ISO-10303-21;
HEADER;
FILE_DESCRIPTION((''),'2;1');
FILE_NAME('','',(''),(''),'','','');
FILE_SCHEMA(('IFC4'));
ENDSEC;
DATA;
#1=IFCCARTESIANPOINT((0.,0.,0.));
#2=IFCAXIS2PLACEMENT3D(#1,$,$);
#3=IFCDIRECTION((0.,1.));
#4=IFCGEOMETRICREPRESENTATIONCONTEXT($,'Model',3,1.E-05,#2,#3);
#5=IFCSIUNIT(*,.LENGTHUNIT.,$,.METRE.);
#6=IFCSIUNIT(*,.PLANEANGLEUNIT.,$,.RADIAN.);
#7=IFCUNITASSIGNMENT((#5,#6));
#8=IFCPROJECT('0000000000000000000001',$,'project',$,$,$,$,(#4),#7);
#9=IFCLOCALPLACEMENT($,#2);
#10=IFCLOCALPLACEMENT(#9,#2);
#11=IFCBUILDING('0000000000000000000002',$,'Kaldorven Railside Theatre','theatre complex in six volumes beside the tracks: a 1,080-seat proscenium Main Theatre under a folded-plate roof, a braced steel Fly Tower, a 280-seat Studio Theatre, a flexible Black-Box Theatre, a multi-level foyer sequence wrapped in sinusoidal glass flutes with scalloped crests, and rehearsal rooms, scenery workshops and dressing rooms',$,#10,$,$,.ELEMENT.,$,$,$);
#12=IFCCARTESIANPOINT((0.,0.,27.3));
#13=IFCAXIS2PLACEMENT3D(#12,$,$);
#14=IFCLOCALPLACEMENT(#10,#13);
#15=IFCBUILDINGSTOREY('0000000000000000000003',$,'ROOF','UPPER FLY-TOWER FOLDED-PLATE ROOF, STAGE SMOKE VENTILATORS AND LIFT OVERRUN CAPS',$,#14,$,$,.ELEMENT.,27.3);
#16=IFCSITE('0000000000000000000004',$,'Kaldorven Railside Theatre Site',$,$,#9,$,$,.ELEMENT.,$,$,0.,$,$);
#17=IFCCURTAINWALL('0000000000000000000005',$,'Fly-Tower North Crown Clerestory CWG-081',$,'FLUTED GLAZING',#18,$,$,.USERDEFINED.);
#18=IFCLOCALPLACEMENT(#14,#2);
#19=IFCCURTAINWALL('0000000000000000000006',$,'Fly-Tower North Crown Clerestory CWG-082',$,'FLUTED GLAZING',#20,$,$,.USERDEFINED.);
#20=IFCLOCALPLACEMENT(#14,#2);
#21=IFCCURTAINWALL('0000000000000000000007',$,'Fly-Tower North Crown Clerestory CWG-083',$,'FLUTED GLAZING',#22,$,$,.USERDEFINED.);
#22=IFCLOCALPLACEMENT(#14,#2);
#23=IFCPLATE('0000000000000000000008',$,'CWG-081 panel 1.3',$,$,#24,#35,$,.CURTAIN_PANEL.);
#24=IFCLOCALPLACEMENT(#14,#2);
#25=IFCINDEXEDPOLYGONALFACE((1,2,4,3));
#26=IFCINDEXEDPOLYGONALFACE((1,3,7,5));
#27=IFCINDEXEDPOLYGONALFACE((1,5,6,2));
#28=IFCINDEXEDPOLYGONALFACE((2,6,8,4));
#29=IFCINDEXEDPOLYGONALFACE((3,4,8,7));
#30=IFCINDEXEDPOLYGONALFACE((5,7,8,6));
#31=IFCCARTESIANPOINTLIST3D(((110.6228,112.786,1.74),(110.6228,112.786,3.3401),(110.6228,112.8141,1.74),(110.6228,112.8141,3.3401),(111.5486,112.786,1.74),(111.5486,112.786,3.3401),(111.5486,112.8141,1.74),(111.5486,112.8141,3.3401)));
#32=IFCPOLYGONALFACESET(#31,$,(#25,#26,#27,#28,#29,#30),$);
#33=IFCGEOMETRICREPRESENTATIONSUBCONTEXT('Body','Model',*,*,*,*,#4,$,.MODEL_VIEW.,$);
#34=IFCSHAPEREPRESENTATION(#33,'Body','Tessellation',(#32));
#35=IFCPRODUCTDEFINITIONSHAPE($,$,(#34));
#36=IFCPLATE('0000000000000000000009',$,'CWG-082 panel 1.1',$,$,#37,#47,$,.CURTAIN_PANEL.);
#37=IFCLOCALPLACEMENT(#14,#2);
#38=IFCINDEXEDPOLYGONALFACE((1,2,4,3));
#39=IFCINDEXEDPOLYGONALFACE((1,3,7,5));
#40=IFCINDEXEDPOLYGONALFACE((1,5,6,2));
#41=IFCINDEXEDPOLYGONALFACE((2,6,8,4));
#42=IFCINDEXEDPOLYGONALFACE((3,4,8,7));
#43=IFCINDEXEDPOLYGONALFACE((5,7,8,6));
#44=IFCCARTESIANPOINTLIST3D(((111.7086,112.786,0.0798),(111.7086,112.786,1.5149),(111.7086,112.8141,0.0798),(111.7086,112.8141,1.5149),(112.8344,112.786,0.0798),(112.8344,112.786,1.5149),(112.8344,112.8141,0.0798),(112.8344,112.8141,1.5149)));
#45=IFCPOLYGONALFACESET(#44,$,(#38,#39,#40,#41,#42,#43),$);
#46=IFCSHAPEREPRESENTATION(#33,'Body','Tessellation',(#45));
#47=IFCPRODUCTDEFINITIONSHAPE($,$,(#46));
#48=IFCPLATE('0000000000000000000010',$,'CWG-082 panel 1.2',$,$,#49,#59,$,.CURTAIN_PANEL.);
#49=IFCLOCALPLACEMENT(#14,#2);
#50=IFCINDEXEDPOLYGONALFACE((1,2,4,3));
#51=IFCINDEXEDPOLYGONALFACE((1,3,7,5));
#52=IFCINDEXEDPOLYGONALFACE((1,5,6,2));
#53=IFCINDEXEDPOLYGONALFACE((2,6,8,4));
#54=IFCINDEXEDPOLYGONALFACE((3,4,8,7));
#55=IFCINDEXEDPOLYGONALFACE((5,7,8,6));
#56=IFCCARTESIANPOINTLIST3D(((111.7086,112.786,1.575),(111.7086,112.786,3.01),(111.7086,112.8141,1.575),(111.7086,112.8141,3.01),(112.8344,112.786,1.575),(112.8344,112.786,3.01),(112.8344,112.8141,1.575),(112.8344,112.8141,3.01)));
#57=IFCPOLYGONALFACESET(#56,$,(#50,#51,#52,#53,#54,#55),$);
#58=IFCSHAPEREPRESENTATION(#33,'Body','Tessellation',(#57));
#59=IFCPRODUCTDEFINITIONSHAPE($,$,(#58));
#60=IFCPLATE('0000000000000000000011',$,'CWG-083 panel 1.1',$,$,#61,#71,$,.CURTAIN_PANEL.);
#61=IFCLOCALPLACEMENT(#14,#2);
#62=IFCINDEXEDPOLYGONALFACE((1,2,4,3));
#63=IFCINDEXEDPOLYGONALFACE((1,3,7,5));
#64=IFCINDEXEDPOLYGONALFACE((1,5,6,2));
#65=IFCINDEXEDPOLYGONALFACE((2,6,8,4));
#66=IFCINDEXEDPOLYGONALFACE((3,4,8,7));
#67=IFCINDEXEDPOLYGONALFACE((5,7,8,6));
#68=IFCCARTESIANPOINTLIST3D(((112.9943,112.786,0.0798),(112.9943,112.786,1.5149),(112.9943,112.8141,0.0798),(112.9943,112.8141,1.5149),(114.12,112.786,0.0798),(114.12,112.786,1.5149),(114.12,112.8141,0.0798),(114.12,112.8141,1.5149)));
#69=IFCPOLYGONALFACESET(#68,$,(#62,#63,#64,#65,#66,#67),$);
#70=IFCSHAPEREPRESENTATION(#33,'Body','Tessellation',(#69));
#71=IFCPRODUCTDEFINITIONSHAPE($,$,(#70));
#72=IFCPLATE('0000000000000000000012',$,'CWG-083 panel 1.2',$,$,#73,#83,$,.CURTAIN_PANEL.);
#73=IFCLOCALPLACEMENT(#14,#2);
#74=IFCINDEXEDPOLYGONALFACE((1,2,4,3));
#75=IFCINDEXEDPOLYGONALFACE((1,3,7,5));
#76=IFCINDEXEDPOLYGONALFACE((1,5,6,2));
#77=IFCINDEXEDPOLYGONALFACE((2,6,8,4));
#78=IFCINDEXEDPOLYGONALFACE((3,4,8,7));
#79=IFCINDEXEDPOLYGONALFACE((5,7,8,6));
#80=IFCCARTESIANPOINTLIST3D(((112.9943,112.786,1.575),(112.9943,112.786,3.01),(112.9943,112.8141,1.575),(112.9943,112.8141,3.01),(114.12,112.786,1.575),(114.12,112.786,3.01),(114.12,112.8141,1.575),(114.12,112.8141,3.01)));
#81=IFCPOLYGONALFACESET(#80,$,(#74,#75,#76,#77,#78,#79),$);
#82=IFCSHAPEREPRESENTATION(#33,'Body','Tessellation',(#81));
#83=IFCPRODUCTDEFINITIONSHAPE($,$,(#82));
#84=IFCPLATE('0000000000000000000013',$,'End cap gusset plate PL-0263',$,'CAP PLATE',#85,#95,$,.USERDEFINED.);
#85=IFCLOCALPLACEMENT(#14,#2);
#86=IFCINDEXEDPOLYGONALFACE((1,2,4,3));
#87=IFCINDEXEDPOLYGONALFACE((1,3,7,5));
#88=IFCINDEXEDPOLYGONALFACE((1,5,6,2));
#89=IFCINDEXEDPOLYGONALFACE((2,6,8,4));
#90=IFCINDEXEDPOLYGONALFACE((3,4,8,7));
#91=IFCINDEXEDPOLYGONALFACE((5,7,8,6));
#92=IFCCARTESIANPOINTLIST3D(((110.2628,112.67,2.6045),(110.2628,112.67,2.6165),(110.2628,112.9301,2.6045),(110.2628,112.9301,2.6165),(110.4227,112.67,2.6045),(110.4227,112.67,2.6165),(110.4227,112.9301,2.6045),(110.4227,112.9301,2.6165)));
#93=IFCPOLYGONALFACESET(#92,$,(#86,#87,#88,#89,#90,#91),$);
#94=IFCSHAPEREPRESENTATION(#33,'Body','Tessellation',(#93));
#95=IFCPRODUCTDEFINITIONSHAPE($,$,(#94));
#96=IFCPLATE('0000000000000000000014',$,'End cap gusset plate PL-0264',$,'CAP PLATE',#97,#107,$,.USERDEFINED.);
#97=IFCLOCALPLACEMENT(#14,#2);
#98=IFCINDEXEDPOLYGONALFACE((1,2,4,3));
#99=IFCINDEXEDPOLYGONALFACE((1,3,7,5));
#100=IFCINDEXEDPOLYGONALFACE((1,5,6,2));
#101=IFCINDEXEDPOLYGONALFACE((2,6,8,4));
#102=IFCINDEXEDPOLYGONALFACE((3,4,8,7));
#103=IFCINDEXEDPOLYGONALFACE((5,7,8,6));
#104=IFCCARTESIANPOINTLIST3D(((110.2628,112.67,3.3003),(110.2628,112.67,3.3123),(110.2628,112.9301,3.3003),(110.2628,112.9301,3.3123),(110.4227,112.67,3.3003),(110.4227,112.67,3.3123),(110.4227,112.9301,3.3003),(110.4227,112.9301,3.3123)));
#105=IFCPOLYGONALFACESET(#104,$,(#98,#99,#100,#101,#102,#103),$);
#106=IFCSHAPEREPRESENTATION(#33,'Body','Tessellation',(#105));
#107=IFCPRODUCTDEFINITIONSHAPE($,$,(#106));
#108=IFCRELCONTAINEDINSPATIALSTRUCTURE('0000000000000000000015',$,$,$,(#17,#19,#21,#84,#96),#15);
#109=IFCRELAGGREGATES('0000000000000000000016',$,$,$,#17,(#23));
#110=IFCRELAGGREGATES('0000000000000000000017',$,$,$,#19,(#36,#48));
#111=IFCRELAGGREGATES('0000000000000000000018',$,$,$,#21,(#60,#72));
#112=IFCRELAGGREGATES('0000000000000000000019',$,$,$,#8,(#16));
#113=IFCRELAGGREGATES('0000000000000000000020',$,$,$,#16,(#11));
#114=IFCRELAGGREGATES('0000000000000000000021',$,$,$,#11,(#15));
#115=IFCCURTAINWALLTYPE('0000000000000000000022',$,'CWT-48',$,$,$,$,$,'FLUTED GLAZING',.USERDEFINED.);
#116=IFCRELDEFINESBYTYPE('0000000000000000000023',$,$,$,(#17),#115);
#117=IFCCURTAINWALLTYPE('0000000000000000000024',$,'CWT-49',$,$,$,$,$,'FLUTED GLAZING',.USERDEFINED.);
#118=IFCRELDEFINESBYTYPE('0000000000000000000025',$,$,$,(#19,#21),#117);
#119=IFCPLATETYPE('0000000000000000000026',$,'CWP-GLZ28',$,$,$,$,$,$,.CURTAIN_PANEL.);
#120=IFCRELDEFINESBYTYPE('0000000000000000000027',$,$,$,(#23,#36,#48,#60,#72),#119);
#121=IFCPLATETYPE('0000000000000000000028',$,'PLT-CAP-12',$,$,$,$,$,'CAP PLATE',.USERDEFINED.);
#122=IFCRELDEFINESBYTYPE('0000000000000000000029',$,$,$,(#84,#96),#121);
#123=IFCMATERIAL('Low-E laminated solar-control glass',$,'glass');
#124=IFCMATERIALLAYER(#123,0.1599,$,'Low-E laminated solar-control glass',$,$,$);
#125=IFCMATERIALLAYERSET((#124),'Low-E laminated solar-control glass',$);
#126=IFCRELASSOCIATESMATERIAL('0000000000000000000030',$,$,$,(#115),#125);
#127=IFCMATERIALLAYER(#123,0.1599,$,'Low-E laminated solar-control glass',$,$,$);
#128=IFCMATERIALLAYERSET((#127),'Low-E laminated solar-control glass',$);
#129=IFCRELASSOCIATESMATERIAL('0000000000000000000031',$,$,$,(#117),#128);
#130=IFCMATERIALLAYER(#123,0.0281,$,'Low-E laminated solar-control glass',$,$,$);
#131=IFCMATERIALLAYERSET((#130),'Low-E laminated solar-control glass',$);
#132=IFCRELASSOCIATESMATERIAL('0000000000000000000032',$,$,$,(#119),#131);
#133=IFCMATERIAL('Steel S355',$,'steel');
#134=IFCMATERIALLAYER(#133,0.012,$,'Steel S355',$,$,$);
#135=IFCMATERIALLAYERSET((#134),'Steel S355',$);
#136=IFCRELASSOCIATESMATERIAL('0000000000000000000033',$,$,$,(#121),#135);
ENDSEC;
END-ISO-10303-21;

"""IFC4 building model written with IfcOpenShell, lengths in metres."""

from ifc_helpers import new_model, si_unit, direction, frame, origin, origin_2d, place, context, subcontext, project, spatial, rectangle, extrude, material, layer, layer_set, type_object, element, aggregate, save


model = new_model("IFC4")

# Units and contexts
model_context = context("Model", 3, precision=1e-05, world=origin(), true_north=direction((0.0, 1.0)))
body_context = subcontext(model_context, "Body", "Model", "MODEL_VIEW")
ifc_project = project(units=[si_unit("LENGTHUNIT", "METRE"), si_unit("PLANEANGLEUNIT", "RADIAN")], contexts=[model_context])

# Site, building, storey
site_placement = place(None, origin())
site = spatial("IfcSite", under=ifc_project, at=site_placement, Name="Kaldorven Railside Theatre Site", CompositionType="ELEMENT", RefElevation=0.0)
building_placement = place(site_placement, origin())
building = spatial("IfcBuilding", under=site, at=building_placement, Name="Kaldorven Railside Theatre", Description="theatre complex in six volumes beside the tracks: a 1,080-seat proscenium Main Theatre under a folded-plate roof, a braced steel Fly Tower, a 280-seat Studio Theatre, a flexible Black-Box Theatre, a multi-level foyer sequence wrapped in sinusoidal glass flutes with scalloped crests, and rehearsal rooms, scenery workshops and dressing rooms", CompositionType="ELEMENT")
storey_placement = place(building_placement, frame((0.0, 0.0, 27.3)))
storey = spatial("IfcBuildingStorey", under=building, at=storey_placement, Name="ROOF", Description="UPPER FLY-TOWER FOLDED-PLATE ROOF, STAGE SMOKE VENTILATORS AND LIFT OVERRUN CAPS", CompositionType="ELEMENT", Elevation=27.3)

# Shared definitions
ifc_material_1 = material(Name="Low-E laminated solar-control glass", Category="glass")
ifc_layer_1 = layer(ifc_material_1, 0.1599, Name="Low-E laminated solar-control glass")
ifc_layer_set_1 = layer_set([ifc_layer_1], Name="Low-E laminated solar-control glass")
curtain_wall_type_1 = type_object("IfcCurtainWallType", Name="CWT-48", ElementType="FLUTED GLAZING", PredefinedType="USERDEFINED", material=ifc_layer_set_1)

# Curtain walls
curtain_wall_1_placement = place(storey_placement, origin())
curtain_wall_1 = element("IfcCurtainWall", 1, at=curtain_wall_1_placement, inside=storey, type_object=curtain_wall_type_1, Name="Fly-Tower North Crown Clerestory CWG-081", ObjectType="FLUTED GLAZING", PredefinedType="USERDEFINED")
ifc_layer_2 = layer(ifc_material_1, 0.1599, Name="Low-E laminated solar-control glass")
ifc_layer_set_2 = layer_set([ifc_layer_2], Name="Low-E laminated solar-control glass")
curtain_wall_type_2 = type_object("IfcCurtainWallType", Name="CWT-49", ElementType="FLUTED GLAZING", PredefinedType="USERDEFINED", material=ifc_layer_set_2)
curtain_wall_2_placement = place(storey_placement, origin())
curtain_wall_2 = element("IfcCurtainWall", 2, at=curtain_wall_2_placement, inside=storey, type_object=curtain_wall_type_2, Name="Fly-Tower North Crown Clerestory CWG-082", ObjectType="FLUTED GLAZING", PredefinedType="USERDEFINED")

# Curtain wall
curtain_wall_3_placement = place(storey_placement, origin())
curtain_wall_3 = element("IfcCurtainWall", 3, at=curtain_wall_3_placement, inside=storey, type_object=curtain_wall_type_2, Name="Fly-Tower North Crown Clerestory CWG-083", ObjectType="FLUTED GLAZING", PredefinedType="USERDEFINED")

# Shared definitions
ifc_material_2 = material(Name="Steel S355", Category="steel")

# Plates
ifc_layer_3 = layer(ifc_material_1, 0.0281, Name="Low-E laminated solar-control glass")
ifc_layer_set_3 = layer_set([ifc_layer_3], Name="Low-E laminated solar-control glass")
plate_type_1 = type_object("IfcPlateType", Name="CWP-GLZ28", PredefinedType="CURTAIN_PANEL", material=ifc_layer_set_3)
plate_1_placement = place(storey_placement, frame((111.0857, 112.8, 1.74), z_axis=(0.0, 0.0, 1.0), x_axis=(1.0, 0.0, 0.0)))
plate_1 = element("IfcPlate", 4, at=plate_1_placement, type_object=plate_type_1, Name="CWG-081 panel 1.3", PredefinedType="CURTAIN_PANEL", context=body_context, shape_type="SweptSolid", body=[
    extrude(rectangle(XDim=0.9258, YDim=0.0281, at=origin_2d()), origin(), (0.0, 0.0, 1.0), 1.6001),
])
aggregate(curtain_wall_1, [plate_1])
plate_2_placement = place(storey_placement, frame((112.2715, 112.8, 0.0798), z_axis=(0.0, 0.0, 1.0), x_axis=(1.0, 0.0, 0.0)))
plate_2 = element("IfcPlate", 5, at=plate_2_placement, type_object=plate_type_1, Name="CWG-082 panel 1.1", PredefinedType="CURTAIN_PANEL", context=body_context, shape_type="SweptSolid", body=[
    extrude(rectangle(XDim=1.1257, YDim=0.0281, at=origin_2d()), origin(), (0.0, 0.0, 1.0), 1.4351),
])
plate_3_placement = place(storey_placement, frame((112.2715, 112.8, 1.575), z_axis=(0.0, 0.0, 1.0), x_axis=(1.0, 0.0, 0.0)))
plate_3 = element("IfcPlate", 6, at=plate_3_placement, type_object=plate_type_1, Name="CWG-082 panel 1.2", PredefinedType="CURTAIN_PANEL", context=body_context, shape_type="SweptSolid", body=[
    extrude(rectangle(XDim=1.1257, YDim=0.0281, at=origin_2d()), origin(), (0.0, 0.0, 1.0), 1.4351),
])
aggregate(curtain_wall_2, [plate_2, plate_3])
plate_4_placement = place(storey_placement, frame((113.5571, 112.8, 0.0798), z_axis=(0.0, 0.0, 1.0), x_axis=(1.0, 0.0, 0.0)))
plate_4 = element("IfcPlate", 7, at=plate_4_placement, type_object=plate_type_1, Name="CWG-083 panel 1.1", PredefinedType="CURTAIN_PANEL", context=body_context, shape_type="SweptSolid", body=[
    extrude(rectangle(XDim=1.1257, YDim=0.0281, at=origin_2d()), origin(), (0.0, 0.0, 1.0), 1.4351),
])
plate_5_placement = place(storey_placement, frame((113.5571, 112.8, 1.575), z_axis=(0.0, 0.0, 1.0), x_axis=(1.0, 0.0, 0.0)))
plate_5 = element("IfcPlate", 8, at=plate_5_placement, type_object=plate_type_1, Name="CWG-083 panel 1.2", PredefinedType="CURTAIN_PANEL", context=body_context, shape_type="SweptSolid", body=[
    extrude(rectangle(XDim=1.1257, YDim=0.0281, at=origin_2d()), origin(), (0.0, 0.0, 1.0), 1.4351),
])
aggregate(curtain_wall_3, [plate_4, plate_5])

# Plates
ifc_layer_4 = layer(ifc_material_2, 0.012, Name="Steel S355")
ifc_layer_set_4 = layer_set([ifc_layer_4], Name="Steel S355")
plate_type_2 = type_object("IfcPlateType", Name="PLT-CAP-12", ElementType="CAP PLATE", PredefinedType="USERDEFINED", material=ifc_layer_set_4)
for number, where, z_axis, x_axis, name in (
    (9, (110.3428, 112.8, 2.6045), (0.0, 0.0, 1.0), (1.0, 0.0, 0.0), "End cap gusset plate PL-0263"),
    (10, (110.3428, 112.8, 3.3003), (0.0, 0.0, 1.0), (1.0, 0.0, 0.0), "End cap gusset plate PL-0264"),
):
    element("IfcPlate", number, at=place(storey_placement, frame(where, z_axis=z_axis, x_axis=x_axis)), inside=storey, type_object=plate_type_2, Name=name, ObjectType="CAP PLATE", PredefinedType="USERDEFINED", context=body_context, shape_type="SweptSolid", body=[
        extrude(rectangle(XDim=0.1599, YDim=0.26, at=origin_2d()), origin(), (0.0, 0.0, 1.0), 0.012),
    ])

save(model, "model.ifc")
